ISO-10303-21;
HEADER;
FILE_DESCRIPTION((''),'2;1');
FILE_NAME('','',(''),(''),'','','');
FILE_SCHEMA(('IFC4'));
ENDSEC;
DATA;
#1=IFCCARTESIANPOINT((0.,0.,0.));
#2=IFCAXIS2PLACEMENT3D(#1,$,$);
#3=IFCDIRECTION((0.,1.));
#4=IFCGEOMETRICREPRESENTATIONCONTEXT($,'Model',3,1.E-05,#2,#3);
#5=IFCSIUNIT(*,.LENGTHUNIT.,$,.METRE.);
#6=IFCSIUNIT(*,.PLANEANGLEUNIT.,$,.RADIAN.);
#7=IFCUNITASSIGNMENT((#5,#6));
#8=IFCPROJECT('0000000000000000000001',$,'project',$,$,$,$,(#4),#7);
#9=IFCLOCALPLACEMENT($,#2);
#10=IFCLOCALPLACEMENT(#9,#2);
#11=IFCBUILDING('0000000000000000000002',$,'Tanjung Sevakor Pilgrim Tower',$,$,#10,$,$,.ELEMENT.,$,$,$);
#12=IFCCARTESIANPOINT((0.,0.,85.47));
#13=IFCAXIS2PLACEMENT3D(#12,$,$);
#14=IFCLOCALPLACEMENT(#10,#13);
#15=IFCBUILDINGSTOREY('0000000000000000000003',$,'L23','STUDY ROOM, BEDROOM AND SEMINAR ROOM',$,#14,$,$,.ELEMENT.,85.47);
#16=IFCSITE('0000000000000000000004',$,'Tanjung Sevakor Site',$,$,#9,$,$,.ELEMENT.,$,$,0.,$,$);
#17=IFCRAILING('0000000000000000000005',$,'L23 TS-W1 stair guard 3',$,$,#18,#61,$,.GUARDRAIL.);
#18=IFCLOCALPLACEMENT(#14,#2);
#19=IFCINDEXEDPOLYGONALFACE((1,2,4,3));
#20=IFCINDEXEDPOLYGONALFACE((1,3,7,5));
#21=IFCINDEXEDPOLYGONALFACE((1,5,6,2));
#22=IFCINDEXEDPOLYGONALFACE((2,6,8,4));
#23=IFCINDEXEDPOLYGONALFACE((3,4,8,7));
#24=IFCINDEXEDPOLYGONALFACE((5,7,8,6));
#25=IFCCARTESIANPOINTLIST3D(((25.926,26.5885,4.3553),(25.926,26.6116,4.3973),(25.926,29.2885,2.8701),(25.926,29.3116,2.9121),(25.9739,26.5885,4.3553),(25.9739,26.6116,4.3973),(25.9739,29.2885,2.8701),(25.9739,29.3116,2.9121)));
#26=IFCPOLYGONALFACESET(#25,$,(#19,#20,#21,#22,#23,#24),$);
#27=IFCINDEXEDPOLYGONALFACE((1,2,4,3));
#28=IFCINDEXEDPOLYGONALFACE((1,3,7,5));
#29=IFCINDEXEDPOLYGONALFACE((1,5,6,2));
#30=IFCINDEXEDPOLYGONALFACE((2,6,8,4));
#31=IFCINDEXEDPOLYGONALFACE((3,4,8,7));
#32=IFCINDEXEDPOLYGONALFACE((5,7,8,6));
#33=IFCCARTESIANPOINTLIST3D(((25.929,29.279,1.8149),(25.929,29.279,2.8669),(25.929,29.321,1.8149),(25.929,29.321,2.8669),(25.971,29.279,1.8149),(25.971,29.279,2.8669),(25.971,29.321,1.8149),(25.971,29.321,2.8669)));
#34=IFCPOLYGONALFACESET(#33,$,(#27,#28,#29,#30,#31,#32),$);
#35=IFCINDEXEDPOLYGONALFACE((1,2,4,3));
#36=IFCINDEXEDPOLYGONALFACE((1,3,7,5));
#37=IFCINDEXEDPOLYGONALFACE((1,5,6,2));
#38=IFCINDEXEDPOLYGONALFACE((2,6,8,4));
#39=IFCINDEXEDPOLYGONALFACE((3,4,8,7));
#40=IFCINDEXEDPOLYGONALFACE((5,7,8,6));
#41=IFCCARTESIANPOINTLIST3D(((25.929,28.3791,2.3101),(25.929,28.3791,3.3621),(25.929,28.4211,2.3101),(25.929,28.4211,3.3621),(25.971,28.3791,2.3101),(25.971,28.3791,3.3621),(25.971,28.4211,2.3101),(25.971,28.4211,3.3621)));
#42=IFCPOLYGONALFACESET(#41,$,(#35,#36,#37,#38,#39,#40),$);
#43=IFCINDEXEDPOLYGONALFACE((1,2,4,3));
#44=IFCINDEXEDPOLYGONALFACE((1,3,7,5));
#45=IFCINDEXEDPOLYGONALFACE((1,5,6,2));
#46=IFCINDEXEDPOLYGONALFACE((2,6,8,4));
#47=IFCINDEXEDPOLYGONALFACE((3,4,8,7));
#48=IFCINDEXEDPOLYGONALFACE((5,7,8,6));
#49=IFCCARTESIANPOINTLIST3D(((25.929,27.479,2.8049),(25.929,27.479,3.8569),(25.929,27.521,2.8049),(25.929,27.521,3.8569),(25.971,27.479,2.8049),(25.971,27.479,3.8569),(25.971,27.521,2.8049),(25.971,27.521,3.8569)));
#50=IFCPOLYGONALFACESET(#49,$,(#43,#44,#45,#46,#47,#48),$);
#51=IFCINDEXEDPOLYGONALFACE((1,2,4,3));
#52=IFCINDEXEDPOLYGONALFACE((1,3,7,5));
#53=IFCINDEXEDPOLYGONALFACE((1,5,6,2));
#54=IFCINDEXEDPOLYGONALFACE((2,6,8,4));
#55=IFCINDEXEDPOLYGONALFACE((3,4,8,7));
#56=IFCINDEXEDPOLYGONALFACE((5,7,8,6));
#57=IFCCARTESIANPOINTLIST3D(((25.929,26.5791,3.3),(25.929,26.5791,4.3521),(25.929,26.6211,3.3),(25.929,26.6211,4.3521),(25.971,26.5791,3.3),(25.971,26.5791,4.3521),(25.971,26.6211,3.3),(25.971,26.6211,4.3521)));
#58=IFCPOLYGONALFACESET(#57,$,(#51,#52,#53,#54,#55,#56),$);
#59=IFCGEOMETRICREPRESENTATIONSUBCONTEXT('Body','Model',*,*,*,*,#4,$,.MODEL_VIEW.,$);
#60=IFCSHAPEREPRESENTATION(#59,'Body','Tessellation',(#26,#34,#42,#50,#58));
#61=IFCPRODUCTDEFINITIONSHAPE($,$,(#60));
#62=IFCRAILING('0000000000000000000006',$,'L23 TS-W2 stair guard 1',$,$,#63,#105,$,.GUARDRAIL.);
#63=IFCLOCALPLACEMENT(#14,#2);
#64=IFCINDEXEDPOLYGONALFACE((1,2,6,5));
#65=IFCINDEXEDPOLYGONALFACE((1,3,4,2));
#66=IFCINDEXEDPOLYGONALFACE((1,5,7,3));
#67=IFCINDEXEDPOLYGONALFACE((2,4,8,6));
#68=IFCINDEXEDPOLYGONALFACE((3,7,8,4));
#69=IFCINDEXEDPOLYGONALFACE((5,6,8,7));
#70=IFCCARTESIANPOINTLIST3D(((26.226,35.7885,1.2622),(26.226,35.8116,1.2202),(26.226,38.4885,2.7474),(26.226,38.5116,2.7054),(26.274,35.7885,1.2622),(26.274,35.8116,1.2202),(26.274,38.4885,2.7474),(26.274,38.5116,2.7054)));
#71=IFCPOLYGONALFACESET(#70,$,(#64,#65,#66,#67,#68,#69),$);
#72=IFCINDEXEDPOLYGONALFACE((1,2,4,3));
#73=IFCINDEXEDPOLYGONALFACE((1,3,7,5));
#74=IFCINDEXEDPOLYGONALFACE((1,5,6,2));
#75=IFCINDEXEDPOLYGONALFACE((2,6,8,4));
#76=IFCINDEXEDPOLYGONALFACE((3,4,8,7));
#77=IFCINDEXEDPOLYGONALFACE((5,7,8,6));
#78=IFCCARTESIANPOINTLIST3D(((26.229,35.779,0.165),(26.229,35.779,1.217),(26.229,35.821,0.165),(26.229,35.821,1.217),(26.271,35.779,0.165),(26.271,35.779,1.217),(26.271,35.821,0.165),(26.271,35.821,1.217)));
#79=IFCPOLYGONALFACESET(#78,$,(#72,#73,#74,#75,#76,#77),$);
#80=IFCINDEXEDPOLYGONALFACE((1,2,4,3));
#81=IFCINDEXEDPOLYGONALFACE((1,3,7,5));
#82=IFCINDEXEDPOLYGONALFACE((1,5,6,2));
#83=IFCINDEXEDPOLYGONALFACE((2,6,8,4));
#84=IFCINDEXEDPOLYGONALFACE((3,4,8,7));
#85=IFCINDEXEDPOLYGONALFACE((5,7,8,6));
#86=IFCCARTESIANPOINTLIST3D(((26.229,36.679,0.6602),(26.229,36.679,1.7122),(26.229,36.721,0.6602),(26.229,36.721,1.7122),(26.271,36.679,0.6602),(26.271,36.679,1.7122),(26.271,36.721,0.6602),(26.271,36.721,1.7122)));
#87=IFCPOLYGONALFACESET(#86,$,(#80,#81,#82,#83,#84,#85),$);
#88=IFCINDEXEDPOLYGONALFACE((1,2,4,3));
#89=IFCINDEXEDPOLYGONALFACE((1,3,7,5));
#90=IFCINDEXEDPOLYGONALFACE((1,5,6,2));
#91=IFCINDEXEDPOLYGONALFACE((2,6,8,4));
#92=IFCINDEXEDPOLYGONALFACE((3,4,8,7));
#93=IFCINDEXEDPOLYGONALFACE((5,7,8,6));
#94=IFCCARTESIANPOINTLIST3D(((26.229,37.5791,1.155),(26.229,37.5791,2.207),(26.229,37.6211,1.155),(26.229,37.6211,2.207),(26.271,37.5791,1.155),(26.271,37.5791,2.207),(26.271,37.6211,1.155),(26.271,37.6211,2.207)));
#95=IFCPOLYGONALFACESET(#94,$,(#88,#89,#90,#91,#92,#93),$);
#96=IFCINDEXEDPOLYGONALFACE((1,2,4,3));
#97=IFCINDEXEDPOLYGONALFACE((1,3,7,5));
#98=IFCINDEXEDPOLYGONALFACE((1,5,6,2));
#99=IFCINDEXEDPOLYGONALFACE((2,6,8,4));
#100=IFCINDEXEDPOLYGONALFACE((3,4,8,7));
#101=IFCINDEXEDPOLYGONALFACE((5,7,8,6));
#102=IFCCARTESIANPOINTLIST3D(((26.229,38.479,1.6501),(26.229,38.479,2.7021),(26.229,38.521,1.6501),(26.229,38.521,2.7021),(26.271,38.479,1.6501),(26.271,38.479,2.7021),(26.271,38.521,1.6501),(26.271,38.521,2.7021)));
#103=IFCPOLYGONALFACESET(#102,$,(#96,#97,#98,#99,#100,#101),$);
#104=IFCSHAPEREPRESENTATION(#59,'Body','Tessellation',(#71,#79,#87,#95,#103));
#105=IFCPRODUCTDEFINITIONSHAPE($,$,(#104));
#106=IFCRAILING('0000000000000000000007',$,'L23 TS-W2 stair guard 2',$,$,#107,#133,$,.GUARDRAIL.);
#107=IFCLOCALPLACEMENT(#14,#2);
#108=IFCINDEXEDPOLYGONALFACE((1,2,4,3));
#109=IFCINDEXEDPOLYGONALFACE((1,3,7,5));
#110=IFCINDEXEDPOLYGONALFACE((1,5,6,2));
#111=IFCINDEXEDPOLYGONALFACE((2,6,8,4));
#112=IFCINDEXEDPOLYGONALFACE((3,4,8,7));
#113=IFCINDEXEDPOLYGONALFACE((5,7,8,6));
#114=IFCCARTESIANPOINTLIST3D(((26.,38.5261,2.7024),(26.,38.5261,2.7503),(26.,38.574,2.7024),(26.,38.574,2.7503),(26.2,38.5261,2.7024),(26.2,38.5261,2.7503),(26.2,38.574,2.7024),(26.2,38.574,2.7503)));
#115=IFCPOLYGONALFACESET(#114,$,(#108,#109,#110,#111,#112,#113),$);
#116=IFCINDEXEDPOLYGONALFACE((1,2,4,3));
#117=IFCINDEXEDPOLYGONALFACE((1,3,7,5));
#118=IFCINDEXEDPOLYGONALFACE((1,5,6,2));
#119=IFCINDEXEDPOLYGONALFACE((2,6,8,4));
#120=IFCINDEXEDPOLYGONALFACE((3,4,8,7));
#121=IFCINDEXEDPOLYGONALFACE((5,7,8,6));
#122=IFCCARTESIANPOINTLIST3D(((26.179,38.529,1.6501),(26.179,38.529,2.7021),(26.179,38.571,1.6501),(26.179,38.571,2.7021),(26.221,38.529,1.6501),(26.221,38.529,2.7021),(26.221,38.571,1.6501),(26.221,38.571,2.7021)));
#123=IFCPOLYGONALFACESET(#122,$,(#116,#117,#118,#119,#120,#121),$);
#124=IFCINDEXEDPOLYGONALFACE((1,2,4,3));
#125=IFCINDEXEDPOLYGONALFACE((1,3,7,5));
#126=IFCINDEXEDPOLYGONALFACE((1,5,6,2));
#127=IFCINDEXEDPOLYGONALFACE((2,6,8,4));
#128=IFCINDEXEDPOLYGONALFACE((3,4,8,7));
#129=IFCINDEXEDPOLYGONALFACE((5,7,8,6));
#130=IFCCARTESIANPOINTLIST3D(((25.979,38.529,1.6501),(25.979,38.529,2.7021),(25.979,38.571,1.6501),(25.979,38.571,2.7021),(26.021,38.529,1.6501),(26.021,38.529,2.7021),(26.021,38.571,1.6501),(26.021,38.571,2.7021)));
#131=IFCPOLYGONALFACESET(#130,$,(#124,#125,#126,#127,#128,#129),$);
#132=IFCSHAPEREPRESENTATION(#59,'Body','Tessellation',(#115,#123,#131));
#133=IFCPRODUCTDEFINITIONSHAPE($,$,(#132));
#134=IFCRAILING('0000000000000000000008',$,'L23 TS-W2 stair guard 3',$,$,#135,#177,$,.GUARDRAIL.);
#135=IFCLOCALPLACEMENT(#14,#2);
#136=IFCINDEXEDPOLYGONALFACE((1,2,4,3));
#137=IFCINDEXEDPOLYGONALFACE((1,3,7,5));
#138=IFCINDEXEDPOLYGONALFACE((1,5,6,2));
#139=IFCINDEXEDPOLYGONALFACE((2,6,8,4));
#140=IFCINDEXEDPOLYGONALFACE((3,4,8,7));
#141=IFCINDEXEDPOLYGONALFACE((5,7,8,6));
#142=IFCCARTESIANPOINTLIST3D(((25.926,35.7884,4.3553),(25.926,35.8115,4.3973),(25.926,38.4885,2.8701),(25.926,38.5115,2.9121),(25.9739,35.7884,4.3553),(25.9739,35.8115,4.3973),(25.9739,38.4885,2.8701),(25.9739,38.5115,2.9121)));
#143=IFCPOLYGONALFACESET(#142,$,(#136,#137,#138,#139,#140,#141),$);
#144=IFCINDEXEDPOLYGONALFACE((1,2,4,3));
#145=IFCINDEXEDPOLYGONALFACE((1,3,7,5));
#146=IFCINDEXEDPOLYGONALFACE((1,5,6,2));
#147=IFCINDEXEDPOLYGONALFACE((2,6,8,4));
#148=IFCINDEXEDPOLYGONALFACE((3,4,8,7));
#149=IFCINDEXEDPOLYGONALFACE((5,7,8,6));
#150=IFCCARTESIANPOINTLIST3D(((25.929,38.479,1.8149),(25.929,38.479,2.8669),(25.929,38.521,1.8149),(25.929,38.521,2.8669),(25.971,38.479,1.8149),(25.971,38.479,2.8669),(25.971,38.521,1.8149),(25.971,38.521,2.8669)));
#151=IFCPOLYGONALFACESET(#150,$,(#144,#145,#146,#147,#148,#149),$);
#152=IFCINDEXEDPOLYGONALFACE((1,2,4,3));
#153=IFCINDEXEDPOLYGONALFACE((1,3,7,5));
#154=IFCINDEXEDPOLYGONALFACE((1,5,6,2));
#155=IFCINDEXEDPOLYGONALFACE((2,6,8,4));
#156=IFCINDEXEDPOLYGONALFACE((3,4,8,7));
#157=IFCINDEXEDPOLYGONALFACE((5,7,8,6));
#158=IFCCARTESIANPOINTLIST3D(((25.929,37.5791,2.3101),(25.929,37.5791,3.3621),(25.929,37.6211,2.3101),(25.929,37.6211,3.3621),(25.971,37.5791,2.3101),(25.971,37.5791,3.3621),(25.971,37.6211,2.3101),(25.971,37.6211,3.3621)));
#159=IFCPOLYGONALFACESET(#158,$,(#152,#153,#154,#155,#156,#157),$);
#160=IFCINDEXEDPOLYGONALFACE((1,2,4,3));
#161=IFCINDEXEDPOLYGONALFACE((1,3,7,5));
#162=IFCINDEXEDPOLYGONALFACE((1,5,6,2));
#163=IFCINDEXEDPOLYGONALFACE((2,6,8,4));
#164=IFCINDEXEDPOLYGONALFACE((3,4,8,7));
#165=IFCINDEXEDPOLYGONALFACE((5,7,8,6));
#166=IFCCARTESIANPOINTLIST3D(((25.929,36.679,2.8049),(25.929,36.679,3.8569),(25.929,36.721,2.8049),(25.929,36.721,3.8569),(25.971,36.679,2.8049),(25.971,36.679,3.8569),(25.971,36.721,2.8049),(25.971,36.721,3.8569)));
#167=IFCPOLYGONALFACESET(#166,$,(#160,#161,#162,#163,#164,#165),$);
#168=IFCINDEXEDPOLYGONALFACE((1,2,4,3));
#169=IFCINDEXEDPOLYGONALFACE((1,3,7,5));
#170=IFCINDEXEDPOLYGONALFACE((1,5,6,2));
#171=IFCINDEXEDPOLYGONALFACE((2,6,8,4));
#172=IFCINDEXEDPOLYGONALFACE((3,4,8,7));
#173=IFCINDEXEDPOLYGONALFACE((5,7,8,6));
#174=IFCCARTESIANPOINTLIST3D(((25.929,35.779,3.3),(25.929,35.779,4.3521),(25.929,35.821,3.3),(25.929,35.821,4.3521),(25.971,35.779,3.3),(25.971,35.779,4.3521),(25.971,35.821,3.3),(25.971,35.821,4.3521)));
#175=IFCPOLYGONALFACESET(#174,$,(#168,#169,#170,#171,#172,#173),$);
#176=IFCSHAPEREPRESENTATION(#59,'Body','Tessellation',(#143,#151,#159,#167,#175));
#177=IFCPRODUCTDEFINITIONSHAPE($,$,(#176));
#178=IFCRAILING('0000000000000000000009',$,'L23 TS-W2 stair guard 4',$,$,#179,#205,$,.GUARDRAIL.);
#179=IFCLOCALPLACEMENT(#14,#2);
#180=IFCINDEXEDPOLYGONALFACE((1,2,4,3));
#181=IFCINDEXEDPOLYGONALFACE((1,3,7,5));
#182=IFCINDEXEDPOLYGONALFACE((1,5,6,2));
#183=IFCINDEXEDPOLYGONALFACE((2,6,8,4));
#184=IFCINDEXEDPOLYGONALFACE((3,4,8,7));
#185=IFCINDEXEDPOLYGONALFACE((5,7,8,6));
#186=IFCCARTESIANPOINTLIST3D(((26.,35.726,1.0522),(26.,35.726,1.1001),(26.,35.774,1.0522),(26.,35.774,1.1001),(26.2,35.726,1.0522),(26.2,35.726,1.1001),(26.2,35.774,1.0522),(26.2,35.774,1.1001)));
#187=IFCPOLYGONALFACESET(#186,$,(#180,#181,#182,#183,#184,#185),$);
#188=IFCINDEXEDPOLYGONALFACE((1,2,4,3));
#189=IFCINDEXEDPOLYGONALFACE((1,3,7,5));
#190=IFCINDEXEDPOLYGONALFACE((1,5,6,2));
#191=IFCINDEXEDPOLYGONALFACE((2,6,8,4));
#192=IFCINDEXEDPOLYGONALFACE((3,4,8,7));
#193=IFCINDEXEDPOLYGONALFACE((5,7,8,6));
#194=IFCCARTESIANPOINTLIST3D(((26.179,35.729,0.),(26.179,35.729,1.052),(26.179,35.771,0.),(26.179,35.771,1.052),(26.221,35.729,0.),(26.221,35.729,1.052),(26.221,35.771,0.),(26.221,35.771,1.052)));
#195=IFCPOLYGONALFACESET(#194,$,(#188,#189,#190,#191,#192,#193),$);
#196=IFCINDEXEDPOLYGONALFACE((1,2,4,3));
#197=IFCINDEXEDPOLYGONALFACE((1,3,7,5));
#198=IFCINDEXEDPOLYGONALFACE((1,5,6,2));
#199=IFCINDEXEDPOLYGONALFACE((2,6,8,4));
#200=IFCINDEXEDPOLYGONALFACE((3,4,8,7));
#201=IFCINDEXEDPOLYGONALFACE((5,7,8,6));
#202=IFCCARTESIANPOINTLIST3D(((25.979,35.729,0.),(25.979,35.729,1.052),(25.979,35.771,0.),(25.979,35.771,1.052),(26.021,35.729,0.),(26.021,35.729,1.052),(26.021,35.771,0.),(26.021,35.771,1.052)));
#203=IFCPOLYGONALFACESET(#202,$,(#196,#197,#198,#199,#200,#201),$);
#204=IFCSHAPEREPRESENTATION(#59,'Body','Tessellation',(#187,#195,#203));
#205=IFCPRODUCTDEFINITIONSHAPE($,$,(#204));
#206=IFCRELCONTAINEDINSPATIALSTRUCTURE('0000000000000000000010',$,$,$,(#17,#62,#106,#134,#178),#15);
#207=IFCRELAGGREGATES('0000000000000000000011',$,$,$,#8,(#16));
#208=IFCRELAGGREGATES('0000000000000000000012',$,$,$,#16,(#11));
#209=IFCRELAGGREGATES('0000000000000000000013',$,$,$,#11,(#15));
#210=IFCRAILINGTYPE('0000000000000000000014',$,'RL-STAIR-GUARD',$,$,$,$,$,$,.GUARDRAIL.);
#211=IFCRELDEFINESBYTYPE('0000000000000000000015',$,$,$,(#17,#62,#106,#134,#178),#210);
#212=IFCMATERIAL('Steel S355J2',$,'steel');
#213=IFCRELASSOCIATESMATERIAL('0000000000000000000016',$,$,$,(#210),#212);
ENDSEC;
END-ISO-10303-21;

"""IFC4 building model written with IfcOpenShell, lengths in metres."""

from ifc_helpers import new_model, si_unit, direction, frame, origin, place, context, subcontext, project, spatial, rectangle, extrude, material, type_object, element, save


model = new_model("IFC4")

# Units and contexts
model_context = context("Model", 3, precision=1e-05, world=origin(), true_north=direction((0.0, 1.0)))
body_context = subcontext(model_context, "Body", "Model", "MODEL_VIEW")
ifc_project = project(units=[si_unit("LENGTHUNIT", "METRE"), si_unit("PLANEANGLEUNIT", "RADIAN")], contexts=[model_context])

# Site, building, storey
site_placement = place(None, origin())
site = spatial("IfcSite", under=ifc_project, at=site_placement, Name="Tanjung Sevakor Site", CompositionType="ELEMENT", RefElevation=0.0)
building_placement = place(site_placement, origin())
building = spatial("IfcBuilding", under=site, at=building_placement, Name="Tanjung Sevakor Pilgrim Tower", CompositionType="ELEMENT")
storey_placement = place(building_placement, frame((0.0, 0.0, 85.47)))
storey = spatial("IfcBuildingStorey", under=building, at=storey_placement, Name="L23", Description="STUDY ROOM, BEDROOM AND SEMINAR ROOM", CompositionType="ELEMENT", Elevation=85.47)

# Railings
ifc_material_1 = material(Name="Steel S355J2", Category="steel")
railing_type_1 = type_object("IfcRailingType", Name="RL-STAIR-GUARD", PredefinedType="GUARDRAIL", material=ifc_material_1)
railing_1_placement = place(storey_placement, frame((25.95, 29.3, 1.8149)))
element("IfcRailing", 1, at=railing_1_placement, inside=storey, type_object=railing_type_1, Name="L23 TS-W1 stair guard 3", PredefinedType="GUARDRAIL", context=body_context, shape_type="SweptSolid", body=[
    extrude(rectangle(XDim=0.0479, YDim=0.0479), frame((0.0, 0.0, 1.0762), z_axis=(0.0, -0.876198, 0.481952), x_axis=(1.0, 0.0, 0.0)), (0.0, 0.0, 1.0), 3.0815),
    extrude(rectangle(XDim=0.042, YDim=0.042), origin(), (0.0, 0.0, 1.0), 1.052),
    extrude(rectangle(XDim=0.042, YDim=0.042), frame((0.0, -0.8999, 0.4951)), (0.0, 0.0, 1.0), 1.052),
    extrude(rectangle(XDim=0.042, YDim=0.042), frame((0.0, -1.8, 0.99)), (0.0, 0.0, 1.0), 1.052),
    extrude(rectangle(XDim=0.042, YDim=0.042), frame((0.0, -2.7, 1.4851)), (0.0, 0.0, 1.0), 1.052),
])
railing_2_placement = place(storey_placement, frame((26.25, 35.8, 0.165)))
element("IfcRailing", 2, at=railing_2_placement, inside=storey, type_object=railing_type_1, Name="L23 TS-W2 stair guard 1", PredefinedType="GUARDRAIL", context=body_context, shape_type="SweptSolid", body=[
    extrude(rectangle(XDim=0.0479, YDim=0.0479), frame((0.0, 0.0, 1.0762), z_axis=(0.0, 0.876198, 0.481952), x_axis=(-1.0, 0.0, 0.0)), (0.0, 0.0, 1.0), 3.0815),
    extrude(rectangle(XDim=0.042, YDim=0.042), origin(), (0.0, 0.0, 1.0), 1.052),
    extrude(rectangle(XDim=0.042, YDim=0.042), frame((0.0, 0.8999, 0.4951)), (0.0, 0.0, 1.0), 1.052),
    extrude(rectangle(XDim=0.042, YDim=0.042), frame((0.0, 1.8, 0.99)), (0.0, 0.0, 1.0), 1.052),
    extrude(rectangle(XDim=0.042, YDim=0.042), frame((0.0, 2.7, 1.4851)), (0.0, 0.0, 1.0), 1.052),
])
railing_3_placement = place(storey_placement, frame((26.2, 38.55, 1.6501)))
element("IfcRailing", 3, at=railing_3_placement, inside=storey, type_object=railing_type_1, Name="L23 TS-W2 stair guard 2", PredefinedType="GUARDRAIL", context=body_context, shape_type="SweptSolid", body=[
    extrude(rectangle(XDim=0.0479, YDim=0.0479), frame((0.0, 0.0, 1.0762), z_axis=(-1.0, 0.0, 0.0), x_axis=(0.0, -1.0, 0.0)), (0.0, 0.0, 1.0), 0.2),
    extrude(rectangle(XDim=0.042, YDim=0.042), origin(), (0.0, 0.0, 1.0), 1.052),
    extrude(rectangle(XDim=0.042, YDim=0.042), frame((-0.2, 0.0, 0.0)), (0.0, 0.0, 1.0), 1.052),
])
railing_4_placement = place(storey_placement, frame((25.95, 38.5, 1.8149)))
element("IfcRailing", 4, at=railing_4_placement, inside=storey, type_object=railing_type_1, Name="L23 TS-W2 stair guard 3", PredefinedType="GUARDRAIL", context=body_context, shape_type="SweptSolid", body=[
    extrude(rectangle(XDim=0.0479, YDim=0.0479), frame((0.0, 0.0, 1.0762), z_axis=(0.0, -0.876198, 0.481952), x_axis=(1.0, 0.0, 0.0)), (0.0, 0.0, 1.0), 3.0815),
    extrude(rectangle(XDim=0.042, YDim=0.042), origin(), (0.0, 0.0, 1.0), 1.052),
    extrude(rectangle(XDim=0.042, YDim=0.042), frame((0.0, -0.8999, 0.4951)), (0.0, 0.0, 1.0), 1.052),
    extrude(rectangle(XDim=0.042, YDim=0.042), frame((0.0, -1.8, 0.99)), (0.0, 0.0, 1.0), 1.052),
    extrude(rectangle(XDim=0.042, YDim=0.042), frame((0.0, -2.7, 1.4851)), (0.0, 0.0, 1.0), 1.052),
])
railing_5_placement = place(storey_placement, frame((26.2, 35.75, 0.0)))
element("IfcRailing", 5, at=railing_5_placement, inside=storey, type_object=railing_type_1, Name="L23 TS-W2 stair guard 4", PredefinedType="GUARDRAIL", context=body_context, shape_type="SweptSolid", body=[
    extrude(rectangle(XDim=0.0479, YDim=0.0479), frame((0.0, 0.0, 1.0762), z_axis=(-1.0, 0.0, 0.0), x_axis=(0.0, -1.0, 0.0)), (0.0, 0.0, 1.0), 0.2),
    extrude(rectangle(XDim=0.042, YDim=0.042), origin(), (0.0, 0.0, 1.0), 1.052),
    extrude(rectangle(XDim=0.042, YDim=0.042), frame((-0.2, 0.0, 0.0)), (0.0, 0.0, 1.0), 1.052),
])

save(model, "model.ifc")
